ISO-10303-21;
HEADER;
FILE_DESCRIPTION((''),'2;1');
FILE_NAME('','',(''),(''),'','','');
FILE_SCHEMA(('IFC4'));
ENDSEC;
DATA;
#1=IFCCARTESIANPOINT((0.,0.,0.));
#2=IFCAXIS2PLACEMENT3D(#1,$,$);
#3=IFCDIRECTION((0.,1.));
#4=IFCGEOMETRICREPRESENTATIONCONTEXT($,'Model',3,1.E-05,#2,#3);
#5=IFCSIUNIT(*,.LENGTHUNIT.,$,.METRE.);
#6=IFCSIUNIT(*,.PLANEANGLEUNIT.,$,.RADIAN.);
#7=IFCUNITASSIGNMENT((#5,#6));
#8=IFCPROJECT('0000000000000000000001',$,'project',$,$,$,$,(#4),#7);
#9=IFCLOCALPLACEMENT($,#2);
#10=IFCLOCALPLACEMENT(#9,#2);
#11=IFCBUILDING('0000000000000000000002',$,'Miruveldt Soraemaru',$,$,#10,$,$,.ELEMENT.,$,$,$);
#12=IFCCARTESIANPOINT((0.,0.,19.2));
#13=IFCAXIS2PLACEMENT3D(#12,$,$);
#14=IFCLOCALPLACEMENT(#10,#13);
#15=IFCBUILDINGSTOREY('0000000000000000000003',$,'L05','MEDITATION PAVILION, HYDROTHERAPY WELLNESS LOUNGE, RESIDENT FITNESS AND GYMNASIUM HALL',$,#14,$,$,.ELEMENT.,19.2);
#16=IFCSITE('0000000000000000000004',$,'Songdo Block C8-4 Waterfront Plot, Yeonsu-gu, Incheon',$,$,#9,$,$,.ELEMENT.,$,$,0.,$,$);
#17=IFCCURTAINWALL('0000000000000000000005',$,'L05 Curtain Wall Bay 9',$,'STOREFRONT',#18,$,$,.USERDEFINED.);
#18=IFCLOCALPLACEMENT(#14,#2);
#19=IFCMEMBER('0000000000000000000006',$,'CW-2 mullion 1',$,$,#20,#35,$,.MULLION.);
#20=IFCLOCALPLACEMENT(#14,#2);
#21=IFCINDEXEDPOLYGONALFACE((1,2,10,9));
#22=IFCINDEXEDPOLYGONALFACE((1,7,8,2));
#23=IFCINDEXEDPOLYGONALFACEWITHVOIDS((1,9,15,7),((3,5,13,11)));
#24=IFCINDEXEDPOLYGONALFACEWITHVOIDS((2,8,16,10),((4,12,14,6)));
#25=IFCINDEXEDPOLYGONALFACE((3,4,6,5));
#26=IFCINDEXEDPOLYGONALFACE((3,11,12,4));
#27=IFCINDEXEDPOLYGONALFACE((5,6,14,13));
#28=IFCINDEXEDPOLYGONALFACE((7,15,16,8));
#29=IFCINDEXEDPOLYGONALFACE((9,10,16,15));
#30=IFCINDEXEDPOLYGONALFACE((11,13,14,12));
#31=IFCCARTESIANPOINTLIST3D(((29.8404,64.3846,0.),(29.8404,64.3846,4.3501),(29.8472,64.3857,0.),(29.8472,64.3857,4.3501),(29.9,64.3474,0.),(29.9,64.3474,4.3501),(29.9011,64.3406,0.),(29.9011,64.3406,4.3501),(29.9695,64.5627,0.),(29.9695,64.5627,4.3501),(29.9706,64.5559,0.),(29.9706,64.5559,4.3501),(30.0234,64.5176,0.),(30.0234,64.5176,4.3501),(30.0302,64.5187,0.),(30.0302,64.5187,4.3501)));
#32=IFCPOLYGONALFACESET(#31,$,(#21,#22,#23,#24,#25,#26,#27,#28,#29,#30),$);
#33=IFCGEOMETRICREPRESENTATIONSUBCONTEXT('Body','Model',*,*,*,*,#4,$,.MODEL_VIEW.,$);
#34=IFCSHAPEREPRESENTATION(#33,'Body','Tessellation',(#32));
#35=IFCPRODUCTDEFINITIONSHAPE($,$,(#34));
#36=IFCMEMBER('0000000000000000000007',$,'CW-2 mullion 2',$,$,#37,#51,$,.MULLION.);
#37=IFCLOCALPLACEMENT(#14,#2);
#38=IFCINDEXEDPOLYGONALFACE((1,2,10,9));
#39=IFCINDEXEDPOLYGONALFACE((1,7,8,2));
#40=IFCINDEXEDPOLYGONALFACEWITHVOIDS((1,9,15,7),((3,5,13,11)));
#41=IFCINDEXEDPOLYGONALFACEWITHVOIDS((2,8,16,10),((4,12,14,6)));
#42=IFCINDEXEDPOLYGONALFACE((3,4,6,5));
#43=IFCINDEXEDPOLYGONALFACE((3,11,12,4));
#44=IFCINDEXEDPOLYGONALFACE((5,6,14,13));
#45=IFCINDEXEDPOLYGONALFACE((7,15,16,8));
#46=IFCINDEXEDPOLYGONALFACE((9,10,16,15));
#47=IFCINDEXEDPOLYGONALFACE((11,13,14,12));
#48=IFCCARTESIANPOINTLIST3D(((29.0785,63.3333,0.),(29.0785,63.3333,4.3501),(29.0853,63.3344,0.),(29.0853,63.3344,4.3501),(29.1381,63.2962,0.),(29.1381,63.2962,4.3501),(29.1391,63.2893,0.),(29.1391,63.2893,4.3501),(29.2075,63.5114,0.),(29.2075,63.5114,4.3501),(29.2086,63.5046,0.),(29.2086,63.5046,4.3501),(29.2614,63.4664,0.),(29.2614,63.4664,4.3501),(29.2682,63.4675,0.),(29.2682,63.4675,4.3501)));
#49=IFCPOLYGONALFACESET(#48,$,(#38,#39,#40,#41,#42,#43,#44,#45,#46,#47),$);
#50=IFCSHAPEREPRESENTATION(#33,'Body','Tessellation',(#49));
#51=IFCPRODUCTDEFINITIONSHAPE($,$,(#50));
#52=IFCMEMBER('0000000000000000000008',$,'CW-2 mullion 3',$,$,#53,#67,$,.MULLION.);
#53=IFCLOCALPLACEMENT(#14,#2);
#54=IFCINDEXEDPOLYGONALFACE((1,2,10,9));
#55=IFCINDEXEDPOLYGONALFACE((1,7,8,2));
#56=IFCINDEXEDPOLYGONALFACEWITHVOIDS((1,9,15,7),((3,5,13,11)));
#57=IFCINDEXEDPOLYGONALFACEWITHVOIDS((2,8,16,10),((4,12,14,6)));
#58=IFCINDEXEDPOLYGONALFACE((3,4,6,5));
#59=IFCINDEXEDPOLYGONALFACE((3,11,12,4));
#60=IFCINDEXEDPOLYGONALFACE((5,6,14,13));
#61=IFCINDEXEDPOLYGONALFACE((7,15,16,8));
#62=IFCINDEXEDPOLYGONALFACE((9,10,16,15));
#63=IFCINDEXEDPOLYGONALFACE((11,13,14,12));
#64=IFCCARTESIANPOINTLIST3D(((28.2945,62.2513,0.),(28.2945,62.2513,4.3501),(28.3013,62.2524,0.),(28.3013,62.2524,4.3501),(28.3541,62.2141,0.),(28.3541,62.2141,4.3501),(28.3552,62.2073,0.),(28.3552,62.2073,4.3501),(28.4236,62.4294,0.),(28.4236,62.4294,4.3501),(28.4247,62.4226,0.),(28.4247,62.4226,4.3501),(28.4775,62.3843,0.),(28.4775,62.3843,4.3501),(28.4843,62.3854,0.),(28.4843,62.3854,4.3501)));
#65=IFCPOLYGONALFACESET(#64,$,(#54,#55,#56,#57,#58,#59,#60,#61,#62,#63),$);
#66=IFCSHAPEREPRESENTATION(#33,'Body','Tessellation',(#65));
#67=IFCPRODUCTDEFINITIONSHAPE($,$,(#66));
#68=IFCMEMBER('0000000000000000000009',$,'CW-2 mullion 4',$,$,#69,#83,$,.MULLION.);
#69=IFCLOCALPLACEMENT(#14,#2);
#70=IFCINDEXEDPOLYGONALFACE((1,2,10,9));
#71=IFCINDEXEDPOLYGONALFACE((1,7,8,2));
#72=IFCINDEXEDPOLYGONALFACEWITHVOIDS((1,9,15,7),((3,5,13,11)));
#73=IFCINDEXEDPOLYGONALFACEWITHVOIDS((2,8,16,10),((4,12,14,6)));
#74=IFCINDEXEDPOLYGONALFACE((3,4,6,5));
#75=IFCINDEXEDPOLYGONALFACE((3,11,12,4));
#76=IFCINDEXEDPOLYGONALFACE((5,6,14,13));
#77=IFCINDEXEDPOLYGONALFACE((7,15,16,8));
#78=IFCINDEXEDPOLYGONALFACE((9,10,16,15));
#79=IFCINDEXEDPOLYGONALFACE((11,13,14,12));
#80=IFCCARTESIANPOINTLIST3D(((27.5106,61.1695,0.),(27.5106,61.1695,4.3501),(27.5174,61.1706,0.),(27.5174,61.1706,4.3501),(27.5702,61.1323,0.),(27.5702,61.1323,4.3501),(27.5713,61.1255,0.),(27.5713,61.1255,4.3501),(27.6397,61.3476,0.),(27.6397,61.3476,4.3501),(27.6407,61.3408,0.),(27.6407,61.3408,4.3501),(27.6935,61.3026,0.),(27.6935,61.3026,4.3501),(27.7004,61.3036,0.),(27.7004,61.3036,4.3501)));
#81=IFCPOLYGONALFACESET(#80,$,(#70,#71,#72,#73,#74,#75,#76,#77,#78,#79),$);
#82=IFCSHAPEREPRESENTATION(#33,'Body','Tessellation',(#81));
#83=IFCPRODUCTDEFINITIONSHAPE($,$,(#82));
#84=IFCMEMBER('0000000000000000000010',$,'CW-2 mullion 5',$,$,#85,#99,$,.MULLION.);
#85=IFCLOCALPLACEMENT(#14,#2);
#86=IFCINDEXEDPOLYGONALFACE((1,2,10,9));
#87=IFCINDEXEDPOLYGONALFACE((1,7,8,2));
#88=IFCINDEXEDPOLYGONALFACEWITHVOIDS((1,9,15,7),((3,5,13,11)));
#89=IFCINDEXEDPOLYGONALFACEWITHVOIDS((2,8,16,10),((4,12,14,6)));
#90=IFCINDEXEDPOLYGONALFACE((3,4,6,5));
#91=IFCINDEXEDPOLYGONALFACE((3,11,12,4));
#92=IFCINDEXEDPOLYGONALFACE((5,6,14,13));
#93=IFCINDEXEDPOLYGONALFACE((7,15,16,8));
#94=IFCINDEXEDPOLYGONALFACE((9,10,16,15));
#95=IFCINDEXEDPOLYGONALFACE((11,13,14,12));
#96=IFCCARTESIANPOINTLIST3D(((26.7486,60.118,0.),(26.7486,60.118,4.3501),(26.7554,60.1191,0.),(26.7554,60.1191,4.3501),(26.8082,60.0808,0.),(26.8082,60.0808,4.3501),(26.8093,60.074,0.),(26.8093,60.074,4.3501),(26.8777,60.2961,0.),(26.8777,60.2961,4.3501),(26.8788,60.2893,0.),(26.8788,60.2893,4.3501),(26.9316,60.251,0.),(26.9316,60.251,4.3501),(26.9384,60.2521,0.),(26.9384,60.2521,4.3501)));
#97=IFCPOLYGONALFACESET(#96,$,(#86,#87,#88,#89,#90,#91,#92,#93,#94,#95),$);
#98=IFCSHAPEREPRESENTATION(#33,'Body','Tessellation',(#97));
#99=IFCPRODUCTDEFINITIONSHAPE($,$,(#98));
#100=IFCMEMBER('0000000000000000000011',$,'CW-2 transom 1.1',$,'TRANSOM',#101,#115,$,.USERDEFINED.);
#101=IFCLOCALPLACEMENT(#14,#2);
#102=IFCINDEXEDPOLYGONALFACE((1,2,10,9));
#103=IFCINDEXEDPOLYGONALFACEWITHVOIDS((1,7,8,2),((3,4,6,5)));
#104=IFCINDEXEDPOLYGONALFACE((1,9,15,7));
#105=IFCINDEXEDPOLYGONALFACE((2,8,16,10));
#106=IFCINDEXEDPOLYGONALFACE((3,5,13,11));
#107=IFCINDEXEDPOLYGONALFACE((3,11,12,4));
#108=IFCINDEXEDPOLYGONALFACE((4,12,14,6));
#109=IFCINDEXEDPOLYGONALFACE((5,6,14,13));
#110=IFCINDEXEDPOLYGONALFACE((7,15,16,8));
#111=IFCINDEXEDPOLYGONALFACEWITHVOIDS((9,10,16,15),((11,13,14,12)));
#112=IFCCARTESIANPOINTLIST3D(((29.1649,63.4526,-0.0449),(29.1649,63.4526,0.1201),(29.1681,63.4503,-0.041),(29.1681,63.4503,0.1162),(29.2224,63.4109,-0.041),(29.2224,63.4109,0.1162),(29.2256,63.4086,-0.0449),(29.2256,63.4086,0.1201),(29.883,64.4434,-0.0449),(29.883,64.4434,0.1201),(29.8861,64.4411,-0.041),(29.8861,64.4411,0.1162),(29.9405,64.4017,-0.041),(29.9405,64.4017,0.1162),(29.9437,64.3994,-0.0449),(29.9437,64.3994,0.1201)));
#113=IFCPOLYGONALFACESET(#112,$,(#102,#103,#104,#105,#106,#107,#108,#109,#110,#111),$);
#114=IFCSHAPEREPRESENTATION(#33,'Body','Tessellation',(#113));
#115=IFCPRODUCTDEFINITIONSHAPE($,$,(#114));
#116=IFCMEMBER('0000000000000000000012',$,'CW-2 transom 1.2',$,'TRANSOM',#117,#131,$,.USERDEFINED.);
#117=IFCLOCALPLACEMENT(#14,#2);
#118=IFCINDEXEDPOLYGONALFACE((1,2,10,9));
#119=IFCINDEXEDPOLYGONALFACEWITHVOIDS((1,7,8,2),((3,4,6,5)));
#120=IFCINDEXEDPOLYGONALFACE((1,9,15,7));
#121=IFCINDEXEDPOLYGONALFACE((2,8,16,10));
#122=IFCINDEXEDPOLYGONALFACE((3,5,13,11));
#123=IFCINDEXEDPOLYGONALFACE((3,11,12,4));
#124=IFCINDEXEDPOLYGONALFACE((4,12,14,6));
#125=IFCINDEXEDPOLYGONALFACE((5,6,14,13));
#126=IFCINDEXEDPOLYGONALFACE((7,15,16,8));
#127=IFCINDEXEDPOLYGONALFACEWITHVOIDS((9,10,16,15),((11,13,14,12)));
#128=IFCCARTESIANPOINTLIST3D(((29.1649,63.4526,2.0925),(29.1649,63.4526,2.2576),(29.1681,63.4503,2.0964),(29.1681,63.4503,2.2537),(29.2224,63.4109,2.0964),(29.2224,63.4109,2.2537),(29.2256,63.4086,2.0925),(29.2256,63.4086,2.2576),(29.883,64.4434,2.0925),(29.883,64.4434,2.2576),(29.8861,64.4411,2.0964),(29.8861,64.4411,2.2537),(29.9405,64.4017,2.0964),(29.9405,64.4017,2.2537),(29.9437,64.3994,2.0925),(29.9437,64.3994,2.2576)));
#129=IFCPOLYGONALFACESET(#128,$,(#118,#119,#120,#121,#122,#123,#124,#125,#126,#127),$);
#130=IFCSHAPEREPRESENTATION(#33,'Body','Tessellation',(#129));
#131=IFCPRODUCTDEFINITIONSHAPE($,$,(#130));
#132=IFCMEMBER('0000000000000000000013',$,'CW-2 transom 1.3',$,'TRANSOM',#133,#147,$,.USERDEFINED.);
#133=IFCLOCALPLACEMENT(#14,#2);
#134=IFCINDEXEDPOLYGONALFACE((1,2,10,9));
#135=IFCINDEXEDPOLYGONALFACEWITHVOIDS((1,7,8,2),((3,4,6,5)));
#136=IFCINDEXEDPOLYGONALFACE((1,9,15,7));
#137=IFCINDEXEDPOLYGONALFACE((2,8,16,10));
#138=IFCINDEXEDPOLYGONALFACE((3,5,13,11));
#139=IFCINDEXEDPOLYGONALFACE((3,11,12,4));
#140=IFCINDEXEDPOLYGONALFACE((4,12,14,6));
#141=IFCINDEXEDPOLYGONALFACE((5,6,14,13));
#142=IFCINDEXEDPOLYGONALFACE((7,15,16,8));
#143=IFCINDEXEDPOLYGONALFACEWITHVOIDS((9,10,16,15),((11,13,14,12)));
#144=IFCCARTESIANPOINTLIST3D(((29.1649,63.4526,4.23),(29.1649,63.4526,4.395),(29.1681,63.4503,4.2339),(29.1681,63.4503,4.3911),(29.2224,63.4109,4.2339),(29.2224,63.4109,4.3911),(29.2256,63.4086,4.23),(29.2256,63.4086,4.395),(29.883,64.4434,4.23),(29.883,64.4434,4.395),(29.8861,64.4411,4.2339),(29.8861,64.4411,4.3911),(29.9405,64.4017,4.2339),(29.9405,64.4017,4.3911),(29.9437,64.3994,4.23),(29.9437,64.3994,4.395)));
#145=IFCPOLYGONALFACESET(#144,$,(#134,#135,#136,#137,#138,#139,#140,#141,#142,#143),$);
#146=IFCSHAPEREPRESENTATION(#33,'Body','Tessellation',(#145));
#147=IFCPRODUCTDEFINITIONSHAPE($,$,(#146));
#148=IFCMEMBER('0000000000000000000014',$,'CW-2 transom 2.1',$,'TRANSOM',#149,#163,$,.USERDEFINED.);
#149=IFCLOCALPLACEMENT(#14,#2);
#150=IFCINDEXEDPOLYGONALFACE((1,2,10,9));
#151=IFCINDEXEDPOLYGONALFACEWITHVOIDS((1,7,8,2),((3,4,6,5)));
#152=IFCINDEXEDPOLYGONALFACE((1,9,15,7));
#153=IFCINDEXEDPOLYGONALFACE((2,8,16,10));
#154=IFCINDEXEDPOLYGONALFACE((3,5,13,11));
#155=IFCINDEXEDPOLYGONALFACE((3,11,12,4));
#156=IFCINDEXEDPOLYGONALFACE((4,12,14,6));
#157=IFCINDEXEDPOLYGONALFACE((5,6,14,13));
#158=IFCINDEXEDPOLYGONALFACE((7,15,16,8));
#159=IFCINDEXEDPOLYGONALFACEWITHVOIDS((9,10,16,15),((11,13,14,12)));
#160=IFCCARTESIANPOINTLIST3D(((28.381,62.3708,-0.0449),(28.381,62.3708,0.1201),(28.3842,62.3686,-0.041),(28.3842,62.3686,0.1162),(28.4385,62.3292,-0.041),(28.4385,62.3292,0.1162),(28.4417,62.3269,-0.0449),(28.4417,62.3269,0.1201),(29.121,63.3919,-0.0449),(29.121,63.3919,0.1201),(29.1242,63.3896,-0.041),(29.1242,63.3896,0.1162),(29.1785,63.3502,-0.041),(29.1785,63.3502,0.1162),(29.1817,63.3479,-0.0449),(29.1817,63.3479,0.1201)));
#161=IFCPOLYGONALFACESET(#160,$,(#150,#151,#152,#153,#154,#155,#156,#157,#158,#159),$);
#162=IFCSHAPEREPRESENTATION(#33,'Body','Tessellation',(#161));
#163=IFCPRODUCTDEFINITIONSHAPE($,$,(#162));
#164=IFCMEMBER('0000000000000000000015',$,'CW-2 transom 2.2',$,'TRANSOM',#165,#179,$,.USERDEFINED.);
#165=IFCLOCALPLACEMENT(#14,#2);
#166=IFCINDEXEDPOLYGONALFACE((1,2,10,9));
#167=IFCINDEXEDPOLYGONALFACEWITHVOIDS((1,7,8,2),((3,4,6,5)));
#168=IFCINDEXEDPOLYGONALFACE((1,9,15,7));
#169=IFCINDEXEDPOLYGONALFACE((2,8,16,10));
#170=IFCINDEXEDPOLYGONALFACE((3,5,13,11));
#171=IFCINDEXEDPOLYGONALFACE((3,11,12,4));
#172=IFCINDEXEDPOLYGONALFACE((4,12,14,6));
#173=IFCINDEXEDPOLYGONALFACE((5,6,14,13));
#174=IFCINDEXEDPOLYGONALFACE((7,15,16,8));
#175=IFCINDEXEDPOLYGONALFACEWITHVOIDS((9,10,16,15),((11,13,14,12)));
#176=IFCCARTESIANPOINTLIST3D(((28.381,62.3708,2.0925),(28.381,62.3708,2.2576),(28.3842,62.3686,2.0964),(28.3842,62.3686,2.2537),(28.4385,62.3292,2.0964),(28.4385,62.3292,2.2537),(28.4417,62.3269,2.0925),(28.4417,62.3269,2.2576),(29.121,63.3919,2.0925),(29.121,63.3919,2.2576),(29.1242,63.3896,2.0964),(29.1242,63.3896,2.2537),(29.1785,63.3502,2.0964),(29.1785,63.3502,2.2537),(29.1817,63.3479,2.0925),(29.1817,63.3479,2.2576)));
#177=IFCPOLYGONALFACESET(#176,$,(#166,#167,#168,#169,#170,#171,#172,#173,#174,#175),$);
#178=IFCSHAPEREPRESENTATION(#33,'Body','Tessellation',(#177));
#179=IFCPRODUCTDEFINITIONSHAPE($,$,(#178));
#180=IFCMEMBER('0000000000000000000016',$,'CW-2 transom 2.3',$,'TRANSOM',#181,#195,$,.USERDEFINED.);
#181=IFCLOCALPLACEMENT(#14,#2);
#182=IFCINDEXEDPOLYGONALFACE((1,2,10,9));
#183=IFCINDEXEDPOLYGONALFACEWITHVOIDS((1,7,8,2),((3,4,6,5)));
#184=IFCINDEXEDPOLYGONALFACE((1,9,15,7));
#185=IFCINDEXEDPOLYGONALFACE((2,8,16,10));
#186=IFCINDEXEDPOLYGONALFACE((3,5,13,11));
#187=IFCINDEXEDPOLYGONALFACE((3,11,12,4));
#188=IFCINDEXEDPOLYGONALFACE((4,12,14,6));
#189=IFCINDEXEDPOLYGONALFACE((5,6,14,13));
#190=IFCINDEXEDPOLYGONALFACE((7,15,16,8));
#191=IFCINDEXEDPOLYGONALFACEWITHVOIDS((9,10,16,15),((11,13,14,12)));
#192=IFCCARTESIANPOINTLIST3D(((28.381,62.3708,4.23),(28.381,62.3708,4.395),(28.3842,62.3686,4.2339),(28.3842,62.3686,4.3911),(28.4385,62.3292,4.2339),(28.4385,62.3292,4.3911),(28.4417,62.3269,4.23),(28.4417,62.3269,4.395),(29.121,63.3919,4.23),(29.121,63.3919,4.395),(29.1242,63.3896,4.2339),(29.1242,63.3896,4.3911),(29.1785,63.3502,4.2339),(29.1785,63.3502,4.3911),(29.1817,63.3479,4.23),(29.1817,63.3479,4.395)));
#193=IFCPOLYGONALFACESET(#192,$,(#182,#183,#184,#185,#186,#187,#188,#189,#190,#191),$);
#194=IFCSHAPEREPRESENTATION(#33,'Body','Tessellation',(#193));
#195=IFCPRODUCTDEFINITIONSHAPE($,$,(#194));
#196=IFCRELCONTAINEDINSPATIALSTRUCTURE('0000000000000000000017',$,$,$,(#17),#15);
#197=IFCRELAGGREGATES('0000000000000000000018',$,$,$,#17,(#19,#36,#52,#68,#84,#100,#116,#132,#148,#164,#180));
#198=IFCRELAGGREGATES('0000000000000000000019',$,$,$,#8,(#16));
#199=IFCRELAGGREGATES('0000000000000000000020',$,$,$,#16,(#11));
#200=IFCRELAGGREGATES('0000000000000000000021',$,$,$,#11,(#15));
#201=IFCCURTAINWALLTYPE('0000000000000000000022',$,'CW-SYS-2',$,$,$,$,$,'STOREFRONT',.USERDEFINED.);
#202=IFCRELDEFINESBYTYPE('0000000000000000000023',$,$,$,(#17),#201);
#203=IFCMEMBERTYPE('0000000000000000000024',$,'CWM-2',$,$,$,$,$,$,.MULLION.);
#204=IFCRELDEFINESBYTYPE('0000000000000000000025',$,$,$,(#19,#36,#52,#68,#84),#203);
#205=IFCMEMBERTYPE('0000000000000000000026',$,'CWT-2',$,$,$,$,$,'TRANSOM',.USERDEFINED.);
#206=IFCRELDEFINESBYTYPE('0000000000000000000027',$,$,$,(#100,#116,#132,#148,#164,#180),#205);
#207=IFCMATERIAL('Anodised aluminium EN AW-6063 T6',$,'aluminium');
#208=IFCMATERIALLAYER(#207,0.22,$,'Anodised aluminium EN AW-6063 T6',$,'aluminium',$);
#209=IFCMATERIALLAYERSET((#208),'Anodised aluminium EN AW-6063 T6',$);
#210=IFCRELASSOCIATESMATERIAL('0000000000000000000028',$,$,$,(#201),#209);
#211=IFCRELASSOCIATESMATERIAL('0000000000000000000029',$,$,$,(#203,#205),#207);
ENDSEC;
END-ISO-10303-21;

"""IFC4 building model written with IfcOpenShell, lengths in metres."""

from ifc_helpers import new_model, si_unit, direction, frame, origin, origin_2d, place, context, subcontext, project, spatial, hollow_rectangle, extrude, material, layer, layer_set, material_profile, profile_set, type_object, element, aggregate, save


model = new_model("IFC4")

# Units and contexts
model_context = context("Model", 3, precision=1e-05, world=origin(), true_north=direction((0.0, 1.0)))
body_context = subcontext(model_context, "Body", "Model", "MODEL_VIEW")
ifc_project = project(units=[si_unit("LENGTHUNIT", "METRE"), si_unit("PLANEANGLEUNIT", "RADIAN")], contexts=[model_context])

# Site, building, storey
site_placement = place(None, origin())
site = spatial("IfcSite", under=ifc_project, at=site_placement, Name="Songdo Block C8-4 Waterfront Plot, Yeonsu-gu, Incheon", CompositionType="ELEMENT", RefElevation=0.0)
building_placement = place(site_placement, origin())
building = spatial("IfcBuilding", under=site, at=building_placement, Name="Miruveldt Soraemaru", CompositionType="ELEMENT")
storey_placement = place(building_placement, frame((0.0, 0.0, 19.2)))
storey = spatial("IfcBuildingStorey", under=building, at=storey_placement, Name="L05", Description="MEDITATION PAVILION, HYDROTHERAPY WELLNESS LOUNGE, RESIDENT FITNESS AND GYMNASIUM HALL", CompositionType="ELEMENT", Elevation=19.2)

# Curtain wall, members
ifc_material_1 = material(Name="Anodised aluminium EN AW-6063 T6", Category="aluminium")
ifc_layer_1 = layer(ifc_material_1, 0.22, Name="Anodised aluminium EN AW-6063 T6", Category="aluminium")
ifc_layer_set_1 = layer_set([ifc_layer_1], Name="Anodised aluminium EN AW-6063 T6")
curtain_wall_type = type_object("IfcCurtainWallType", Name="CW-SYS-2", ElementType="STOREFRONT", PredefinedType="USERDEFINED", material=ifc_layer_set_1)
curtain_wall_placement = place(storey_placement, origin())
curtain_wall = element("IfcCurtainWall", 1, at=curtain_wall_placement, inside=storey, type_object=curtain_wall_type, Name="L05 Curtain Wall Bay 9", ObjectType="STOREFRONT", PredefinedType="USERDEFINED")
ifc_material_profile_1 = material_profile(ifc_material_1, hollow_rectangle(XDim=0.075, YDim=0.22, WallThickness=0.0049, at=origin_2d()), Name="Anodised aluminium EN AW-6063 T6", Category="aluminium")
ifc_profile_set_1 = profile_set([ifc_material_profile_1], Name="Anodised aluminium EN AW-6063 T6")
member_type_1 = type_object("IfcMemberType", Name="CWM-2", PredefinedType="MULLION", material=ifc_profile_set_1)
member_1_placement = place(storey_placement, frame((29.9353, 64.4517, 0.0), z_axis=(0.0, 0.0, 1.0), x_axis=(0.809743, -0.586784, 0.0)))
member_1 = element("IfcMember", 2, at=member_1_placement, type_object=member_type_1, Name="CW-2 mullion 1", PredefinedType="MULLION", context=body_context, shape_type="SweptSolid", body=[
    extrude(hollow_rectangle(XDim=0.075, YDim=0.22, WallThickness=0.0049, at=origin_2d()), origin(), (0.0, 0.0, 1.0), 4.3501),
])
member_2_placement = place(storey_placement, frame((29.1733, 63.4004, 0.0), z_axis=(0.0, 0.0, 1.0), x_axis=(0.809743, -0.586784, 0.0)))
member_2 = element("IfcMember", 3, at=member_2_placement, type_object=member_type_1, Name="CW-2 mullion 2", PredefinedType="MULLION", context=body_context, shape_type="SweptSolid", body=[
    extrude(hollow_rectangle(XDim=0.075, YDim=0.22, WallThickness=0.0049, at=origin_2d()), origin(), (0.0, 0.0, 1.0), 4.3501),
])
member_3_placement = place(storey_placement, frame((28.3894, 62.3184, 0.0), z_axis=(0.0, 0.0, 1.0), x_axis=(0.809743, -0.586784, 0.0)))
member_3 = element("IfcMember", 4, at=member_3_placement, type_object=member_type_1, Name="CW-2 mullion 3", PredefinedType="MULLION", context=body_context, shape_type="SweptSolid", body=[
    extrude(hollow_rectangle(XDim=0.075, YDim=0.22, WallThickness=0.0049, at=origin_2d()), origin(), (0.0, 0.0, 1.0), 4.3501),
])
member_4_placement = place(storey_placement, frame((27.6055, 61.2366, 0.0), z_axis=(0.0, 0.0, 1.0), x_axis=(0.809743, -0.586784, 0.0)))
member_4 = element("IfcMember", 5, at=member_4_placement, type_object=member_type_1, Name="CW-2 mullion 4", PredefinedType="MULLION", context=body_context, shape_type="SweptSolid", body=[
    extrude(hollow_rectangle(XDim=0.075, YDim=0.22, WallThickness=0.0049, at=origin_2d()), origin(), (0.0, 0.0, 1.0), 4.3501),
])
member_5_placement = place(storey_placement, frame((26.8435, 60.1851, 0.0), z_axis=(0.0, 0.0, 1.0), x_axis=(0.809743, -0.586784, 0.0)))
member_5 = element("IfcMember", 6, at=member_5_placement, type_object=member_type_1, Name="CW-2 mullion 5", PredefinedType="MULLION", context=body_context, shape_type="SweptSolid", body=[
    extrude(hollow_rectangle(XDim=0.075, YDim=0.22, WallThickness=0.0049, at=origin_2d()), origin(), (0.0, 0.0, 1.0), 4.3501),
])
ifc_material_profile_2 = material_profile(ifc_material_1, hollow_rectangle(XDim=0.075, YDim=0.165, WallThickness=0.0039, at=origin_2d()), Name="Anodised aluminium EN AW-6063 T6", Category="aluminium")
ifc_profile_set_2 = profile_set([ifc_material_profile_2], Name="Anodised aluminium EN AW-6063 T6")
member_type_2 = type_object("IfcMemberType", Name="CWT-2", ElementType="TRANSOM", PredefinedType="USERDEFINED", material=ifc_profile_set_2)
member_6_placement = place(storey_placement, frame((29.9133, 64.4214, 0.0376), z_axis=(-0.58683, -0.80971, 0.0), x_axis=(0.80971, -0.58683, 0.0)))
member_6 = element("IfcMember", 7, at=member_6_placement, type_object=member_type_2, Name="CW-2 transom 1.1", ObjectType="TRANSOM", PredefinedType="USERDEFINED", context=body_context, shape_type="SweptSolid", body=[
    extrude(hollow_rectangle(XDim=0.075, YDim=0.165, WallThickness=0.0039, at=origin_2d()), origin(), (0.0, 0.0, 1.0), 1.2236),
])
member_7_placement = place(storey_placement, frame((29.9133, 64.4214, 2.175), z_axis=(-0.58683, -0.80971, 0.0), x_axis=(0.80971, -0.58683, 0.0)))
member_7 = element("IfcMember", 8, at=member_7_placement, type_object=member_type_2, Name="CW-2 transom 1.2", ObjectType="TRANSOM", PredefinedType="USERDEFINED", context=body_context, shape_type="SweptSolid", body=[
    extrude(hollow_rectangle(XDim=0.075, YDim=0.165, WallThickness=0.0039, at=origin_2d()), origin(), (0.0, 0.0, 1.0), 1.2236),
])
member_8_placement = place(storey_placement, frame((29.9133, 64.4214, 4.3125), z_axis=(-0.58683, -0.80971, 0.0), x_axis=(0.80971, -0.58683, 0.0)))
member_8 = element("IfcMember", 9, at=member_8_placement, type_object=member_type_2, Name="CW-2 transom 1.3", ObjectType="TRANSOM", PredefinedType="USERDEFINED", context=body_context, shape_type="SweptSolid", body=[
    extrude(hollow_rectangle(XDim=0.075, YDim=0.165, WallThickness=0.0039, at=origin_2d()), origin(), (0.0, 0.0, 1.0), 1.2236),
])
member_9_placement = place(storey_placement, frame((29.1514, 63.3699, 0.0376), z_axis=(-0.586847, -0.809698, 0.0), x_axis=(0.809698, -0.586847, 0.0)))
member_9 = element("IfcMember", 10, at=member_9_placement, type_object=member_type_2, Name="CW-2 transom 2.1", ObjectType="TRANSOM", PredefinedType="USERDEFINED", context=body_context, shape_type="SweptSolid", body=[
    extrude(hollow_rectangle(XDim=0.075, YDim=0.165, WallThickness=0.0039, at=origin_2d()), origin(), (0.0, 0.0, 1.0), 1.261),
])
member_10_placement = place(storey_placement, frame((29.1514, 63.3699, 2.175), z_axis=(-0.586847, -0.809698, 0.0), x_axis=(0.809698, -0.586847, 0.0)))
member_10 = element("IfcMember", 11, at=member_10_placement, type_object=member_type_2, Name="CW-2 transom 2.2", ObjectType="TRANSOM", PredefinedType="USERDEFINED", context=body_context, shape_type="SweptSolid", body=[
    extrude(hollow_rectangle(XDim=0.075, YDim=0.165, WallThickness=0.0039, at=origin_2d()), origin(), (0.0, 0.0, 1.0), 1.261),
])
member_11_placement = place(storey_placement, frame((29.1514, 63.3699, 4.3125), z_axis=(-0.586847, -0.809698, 0.0), x_axis=(0.809698, -0.586847, 0.0)))
member_11 = element("IfcMember", 12, at=member_11_placement, type_object=member_type_2, Name="CW-2 transom 2.3", ObjectType="TRANSOM", PredefinedType="USERDEFINED", context=body_context, shape_type="SweptSolid", body=[
    extrude(hollow_rectangle(XDim=0.075, YDim=0.165, WallThickness=0.0039, at=origin_2d()), origin(), (0.0, 0.0, 1.0), 1.261),
])
aggregate(curtain_wall, [member_1, member_2, member_3, member_4, member_5, member_6, member_7, member_8, member_9, member_10, member_11])

save(model, "model.ifc")
